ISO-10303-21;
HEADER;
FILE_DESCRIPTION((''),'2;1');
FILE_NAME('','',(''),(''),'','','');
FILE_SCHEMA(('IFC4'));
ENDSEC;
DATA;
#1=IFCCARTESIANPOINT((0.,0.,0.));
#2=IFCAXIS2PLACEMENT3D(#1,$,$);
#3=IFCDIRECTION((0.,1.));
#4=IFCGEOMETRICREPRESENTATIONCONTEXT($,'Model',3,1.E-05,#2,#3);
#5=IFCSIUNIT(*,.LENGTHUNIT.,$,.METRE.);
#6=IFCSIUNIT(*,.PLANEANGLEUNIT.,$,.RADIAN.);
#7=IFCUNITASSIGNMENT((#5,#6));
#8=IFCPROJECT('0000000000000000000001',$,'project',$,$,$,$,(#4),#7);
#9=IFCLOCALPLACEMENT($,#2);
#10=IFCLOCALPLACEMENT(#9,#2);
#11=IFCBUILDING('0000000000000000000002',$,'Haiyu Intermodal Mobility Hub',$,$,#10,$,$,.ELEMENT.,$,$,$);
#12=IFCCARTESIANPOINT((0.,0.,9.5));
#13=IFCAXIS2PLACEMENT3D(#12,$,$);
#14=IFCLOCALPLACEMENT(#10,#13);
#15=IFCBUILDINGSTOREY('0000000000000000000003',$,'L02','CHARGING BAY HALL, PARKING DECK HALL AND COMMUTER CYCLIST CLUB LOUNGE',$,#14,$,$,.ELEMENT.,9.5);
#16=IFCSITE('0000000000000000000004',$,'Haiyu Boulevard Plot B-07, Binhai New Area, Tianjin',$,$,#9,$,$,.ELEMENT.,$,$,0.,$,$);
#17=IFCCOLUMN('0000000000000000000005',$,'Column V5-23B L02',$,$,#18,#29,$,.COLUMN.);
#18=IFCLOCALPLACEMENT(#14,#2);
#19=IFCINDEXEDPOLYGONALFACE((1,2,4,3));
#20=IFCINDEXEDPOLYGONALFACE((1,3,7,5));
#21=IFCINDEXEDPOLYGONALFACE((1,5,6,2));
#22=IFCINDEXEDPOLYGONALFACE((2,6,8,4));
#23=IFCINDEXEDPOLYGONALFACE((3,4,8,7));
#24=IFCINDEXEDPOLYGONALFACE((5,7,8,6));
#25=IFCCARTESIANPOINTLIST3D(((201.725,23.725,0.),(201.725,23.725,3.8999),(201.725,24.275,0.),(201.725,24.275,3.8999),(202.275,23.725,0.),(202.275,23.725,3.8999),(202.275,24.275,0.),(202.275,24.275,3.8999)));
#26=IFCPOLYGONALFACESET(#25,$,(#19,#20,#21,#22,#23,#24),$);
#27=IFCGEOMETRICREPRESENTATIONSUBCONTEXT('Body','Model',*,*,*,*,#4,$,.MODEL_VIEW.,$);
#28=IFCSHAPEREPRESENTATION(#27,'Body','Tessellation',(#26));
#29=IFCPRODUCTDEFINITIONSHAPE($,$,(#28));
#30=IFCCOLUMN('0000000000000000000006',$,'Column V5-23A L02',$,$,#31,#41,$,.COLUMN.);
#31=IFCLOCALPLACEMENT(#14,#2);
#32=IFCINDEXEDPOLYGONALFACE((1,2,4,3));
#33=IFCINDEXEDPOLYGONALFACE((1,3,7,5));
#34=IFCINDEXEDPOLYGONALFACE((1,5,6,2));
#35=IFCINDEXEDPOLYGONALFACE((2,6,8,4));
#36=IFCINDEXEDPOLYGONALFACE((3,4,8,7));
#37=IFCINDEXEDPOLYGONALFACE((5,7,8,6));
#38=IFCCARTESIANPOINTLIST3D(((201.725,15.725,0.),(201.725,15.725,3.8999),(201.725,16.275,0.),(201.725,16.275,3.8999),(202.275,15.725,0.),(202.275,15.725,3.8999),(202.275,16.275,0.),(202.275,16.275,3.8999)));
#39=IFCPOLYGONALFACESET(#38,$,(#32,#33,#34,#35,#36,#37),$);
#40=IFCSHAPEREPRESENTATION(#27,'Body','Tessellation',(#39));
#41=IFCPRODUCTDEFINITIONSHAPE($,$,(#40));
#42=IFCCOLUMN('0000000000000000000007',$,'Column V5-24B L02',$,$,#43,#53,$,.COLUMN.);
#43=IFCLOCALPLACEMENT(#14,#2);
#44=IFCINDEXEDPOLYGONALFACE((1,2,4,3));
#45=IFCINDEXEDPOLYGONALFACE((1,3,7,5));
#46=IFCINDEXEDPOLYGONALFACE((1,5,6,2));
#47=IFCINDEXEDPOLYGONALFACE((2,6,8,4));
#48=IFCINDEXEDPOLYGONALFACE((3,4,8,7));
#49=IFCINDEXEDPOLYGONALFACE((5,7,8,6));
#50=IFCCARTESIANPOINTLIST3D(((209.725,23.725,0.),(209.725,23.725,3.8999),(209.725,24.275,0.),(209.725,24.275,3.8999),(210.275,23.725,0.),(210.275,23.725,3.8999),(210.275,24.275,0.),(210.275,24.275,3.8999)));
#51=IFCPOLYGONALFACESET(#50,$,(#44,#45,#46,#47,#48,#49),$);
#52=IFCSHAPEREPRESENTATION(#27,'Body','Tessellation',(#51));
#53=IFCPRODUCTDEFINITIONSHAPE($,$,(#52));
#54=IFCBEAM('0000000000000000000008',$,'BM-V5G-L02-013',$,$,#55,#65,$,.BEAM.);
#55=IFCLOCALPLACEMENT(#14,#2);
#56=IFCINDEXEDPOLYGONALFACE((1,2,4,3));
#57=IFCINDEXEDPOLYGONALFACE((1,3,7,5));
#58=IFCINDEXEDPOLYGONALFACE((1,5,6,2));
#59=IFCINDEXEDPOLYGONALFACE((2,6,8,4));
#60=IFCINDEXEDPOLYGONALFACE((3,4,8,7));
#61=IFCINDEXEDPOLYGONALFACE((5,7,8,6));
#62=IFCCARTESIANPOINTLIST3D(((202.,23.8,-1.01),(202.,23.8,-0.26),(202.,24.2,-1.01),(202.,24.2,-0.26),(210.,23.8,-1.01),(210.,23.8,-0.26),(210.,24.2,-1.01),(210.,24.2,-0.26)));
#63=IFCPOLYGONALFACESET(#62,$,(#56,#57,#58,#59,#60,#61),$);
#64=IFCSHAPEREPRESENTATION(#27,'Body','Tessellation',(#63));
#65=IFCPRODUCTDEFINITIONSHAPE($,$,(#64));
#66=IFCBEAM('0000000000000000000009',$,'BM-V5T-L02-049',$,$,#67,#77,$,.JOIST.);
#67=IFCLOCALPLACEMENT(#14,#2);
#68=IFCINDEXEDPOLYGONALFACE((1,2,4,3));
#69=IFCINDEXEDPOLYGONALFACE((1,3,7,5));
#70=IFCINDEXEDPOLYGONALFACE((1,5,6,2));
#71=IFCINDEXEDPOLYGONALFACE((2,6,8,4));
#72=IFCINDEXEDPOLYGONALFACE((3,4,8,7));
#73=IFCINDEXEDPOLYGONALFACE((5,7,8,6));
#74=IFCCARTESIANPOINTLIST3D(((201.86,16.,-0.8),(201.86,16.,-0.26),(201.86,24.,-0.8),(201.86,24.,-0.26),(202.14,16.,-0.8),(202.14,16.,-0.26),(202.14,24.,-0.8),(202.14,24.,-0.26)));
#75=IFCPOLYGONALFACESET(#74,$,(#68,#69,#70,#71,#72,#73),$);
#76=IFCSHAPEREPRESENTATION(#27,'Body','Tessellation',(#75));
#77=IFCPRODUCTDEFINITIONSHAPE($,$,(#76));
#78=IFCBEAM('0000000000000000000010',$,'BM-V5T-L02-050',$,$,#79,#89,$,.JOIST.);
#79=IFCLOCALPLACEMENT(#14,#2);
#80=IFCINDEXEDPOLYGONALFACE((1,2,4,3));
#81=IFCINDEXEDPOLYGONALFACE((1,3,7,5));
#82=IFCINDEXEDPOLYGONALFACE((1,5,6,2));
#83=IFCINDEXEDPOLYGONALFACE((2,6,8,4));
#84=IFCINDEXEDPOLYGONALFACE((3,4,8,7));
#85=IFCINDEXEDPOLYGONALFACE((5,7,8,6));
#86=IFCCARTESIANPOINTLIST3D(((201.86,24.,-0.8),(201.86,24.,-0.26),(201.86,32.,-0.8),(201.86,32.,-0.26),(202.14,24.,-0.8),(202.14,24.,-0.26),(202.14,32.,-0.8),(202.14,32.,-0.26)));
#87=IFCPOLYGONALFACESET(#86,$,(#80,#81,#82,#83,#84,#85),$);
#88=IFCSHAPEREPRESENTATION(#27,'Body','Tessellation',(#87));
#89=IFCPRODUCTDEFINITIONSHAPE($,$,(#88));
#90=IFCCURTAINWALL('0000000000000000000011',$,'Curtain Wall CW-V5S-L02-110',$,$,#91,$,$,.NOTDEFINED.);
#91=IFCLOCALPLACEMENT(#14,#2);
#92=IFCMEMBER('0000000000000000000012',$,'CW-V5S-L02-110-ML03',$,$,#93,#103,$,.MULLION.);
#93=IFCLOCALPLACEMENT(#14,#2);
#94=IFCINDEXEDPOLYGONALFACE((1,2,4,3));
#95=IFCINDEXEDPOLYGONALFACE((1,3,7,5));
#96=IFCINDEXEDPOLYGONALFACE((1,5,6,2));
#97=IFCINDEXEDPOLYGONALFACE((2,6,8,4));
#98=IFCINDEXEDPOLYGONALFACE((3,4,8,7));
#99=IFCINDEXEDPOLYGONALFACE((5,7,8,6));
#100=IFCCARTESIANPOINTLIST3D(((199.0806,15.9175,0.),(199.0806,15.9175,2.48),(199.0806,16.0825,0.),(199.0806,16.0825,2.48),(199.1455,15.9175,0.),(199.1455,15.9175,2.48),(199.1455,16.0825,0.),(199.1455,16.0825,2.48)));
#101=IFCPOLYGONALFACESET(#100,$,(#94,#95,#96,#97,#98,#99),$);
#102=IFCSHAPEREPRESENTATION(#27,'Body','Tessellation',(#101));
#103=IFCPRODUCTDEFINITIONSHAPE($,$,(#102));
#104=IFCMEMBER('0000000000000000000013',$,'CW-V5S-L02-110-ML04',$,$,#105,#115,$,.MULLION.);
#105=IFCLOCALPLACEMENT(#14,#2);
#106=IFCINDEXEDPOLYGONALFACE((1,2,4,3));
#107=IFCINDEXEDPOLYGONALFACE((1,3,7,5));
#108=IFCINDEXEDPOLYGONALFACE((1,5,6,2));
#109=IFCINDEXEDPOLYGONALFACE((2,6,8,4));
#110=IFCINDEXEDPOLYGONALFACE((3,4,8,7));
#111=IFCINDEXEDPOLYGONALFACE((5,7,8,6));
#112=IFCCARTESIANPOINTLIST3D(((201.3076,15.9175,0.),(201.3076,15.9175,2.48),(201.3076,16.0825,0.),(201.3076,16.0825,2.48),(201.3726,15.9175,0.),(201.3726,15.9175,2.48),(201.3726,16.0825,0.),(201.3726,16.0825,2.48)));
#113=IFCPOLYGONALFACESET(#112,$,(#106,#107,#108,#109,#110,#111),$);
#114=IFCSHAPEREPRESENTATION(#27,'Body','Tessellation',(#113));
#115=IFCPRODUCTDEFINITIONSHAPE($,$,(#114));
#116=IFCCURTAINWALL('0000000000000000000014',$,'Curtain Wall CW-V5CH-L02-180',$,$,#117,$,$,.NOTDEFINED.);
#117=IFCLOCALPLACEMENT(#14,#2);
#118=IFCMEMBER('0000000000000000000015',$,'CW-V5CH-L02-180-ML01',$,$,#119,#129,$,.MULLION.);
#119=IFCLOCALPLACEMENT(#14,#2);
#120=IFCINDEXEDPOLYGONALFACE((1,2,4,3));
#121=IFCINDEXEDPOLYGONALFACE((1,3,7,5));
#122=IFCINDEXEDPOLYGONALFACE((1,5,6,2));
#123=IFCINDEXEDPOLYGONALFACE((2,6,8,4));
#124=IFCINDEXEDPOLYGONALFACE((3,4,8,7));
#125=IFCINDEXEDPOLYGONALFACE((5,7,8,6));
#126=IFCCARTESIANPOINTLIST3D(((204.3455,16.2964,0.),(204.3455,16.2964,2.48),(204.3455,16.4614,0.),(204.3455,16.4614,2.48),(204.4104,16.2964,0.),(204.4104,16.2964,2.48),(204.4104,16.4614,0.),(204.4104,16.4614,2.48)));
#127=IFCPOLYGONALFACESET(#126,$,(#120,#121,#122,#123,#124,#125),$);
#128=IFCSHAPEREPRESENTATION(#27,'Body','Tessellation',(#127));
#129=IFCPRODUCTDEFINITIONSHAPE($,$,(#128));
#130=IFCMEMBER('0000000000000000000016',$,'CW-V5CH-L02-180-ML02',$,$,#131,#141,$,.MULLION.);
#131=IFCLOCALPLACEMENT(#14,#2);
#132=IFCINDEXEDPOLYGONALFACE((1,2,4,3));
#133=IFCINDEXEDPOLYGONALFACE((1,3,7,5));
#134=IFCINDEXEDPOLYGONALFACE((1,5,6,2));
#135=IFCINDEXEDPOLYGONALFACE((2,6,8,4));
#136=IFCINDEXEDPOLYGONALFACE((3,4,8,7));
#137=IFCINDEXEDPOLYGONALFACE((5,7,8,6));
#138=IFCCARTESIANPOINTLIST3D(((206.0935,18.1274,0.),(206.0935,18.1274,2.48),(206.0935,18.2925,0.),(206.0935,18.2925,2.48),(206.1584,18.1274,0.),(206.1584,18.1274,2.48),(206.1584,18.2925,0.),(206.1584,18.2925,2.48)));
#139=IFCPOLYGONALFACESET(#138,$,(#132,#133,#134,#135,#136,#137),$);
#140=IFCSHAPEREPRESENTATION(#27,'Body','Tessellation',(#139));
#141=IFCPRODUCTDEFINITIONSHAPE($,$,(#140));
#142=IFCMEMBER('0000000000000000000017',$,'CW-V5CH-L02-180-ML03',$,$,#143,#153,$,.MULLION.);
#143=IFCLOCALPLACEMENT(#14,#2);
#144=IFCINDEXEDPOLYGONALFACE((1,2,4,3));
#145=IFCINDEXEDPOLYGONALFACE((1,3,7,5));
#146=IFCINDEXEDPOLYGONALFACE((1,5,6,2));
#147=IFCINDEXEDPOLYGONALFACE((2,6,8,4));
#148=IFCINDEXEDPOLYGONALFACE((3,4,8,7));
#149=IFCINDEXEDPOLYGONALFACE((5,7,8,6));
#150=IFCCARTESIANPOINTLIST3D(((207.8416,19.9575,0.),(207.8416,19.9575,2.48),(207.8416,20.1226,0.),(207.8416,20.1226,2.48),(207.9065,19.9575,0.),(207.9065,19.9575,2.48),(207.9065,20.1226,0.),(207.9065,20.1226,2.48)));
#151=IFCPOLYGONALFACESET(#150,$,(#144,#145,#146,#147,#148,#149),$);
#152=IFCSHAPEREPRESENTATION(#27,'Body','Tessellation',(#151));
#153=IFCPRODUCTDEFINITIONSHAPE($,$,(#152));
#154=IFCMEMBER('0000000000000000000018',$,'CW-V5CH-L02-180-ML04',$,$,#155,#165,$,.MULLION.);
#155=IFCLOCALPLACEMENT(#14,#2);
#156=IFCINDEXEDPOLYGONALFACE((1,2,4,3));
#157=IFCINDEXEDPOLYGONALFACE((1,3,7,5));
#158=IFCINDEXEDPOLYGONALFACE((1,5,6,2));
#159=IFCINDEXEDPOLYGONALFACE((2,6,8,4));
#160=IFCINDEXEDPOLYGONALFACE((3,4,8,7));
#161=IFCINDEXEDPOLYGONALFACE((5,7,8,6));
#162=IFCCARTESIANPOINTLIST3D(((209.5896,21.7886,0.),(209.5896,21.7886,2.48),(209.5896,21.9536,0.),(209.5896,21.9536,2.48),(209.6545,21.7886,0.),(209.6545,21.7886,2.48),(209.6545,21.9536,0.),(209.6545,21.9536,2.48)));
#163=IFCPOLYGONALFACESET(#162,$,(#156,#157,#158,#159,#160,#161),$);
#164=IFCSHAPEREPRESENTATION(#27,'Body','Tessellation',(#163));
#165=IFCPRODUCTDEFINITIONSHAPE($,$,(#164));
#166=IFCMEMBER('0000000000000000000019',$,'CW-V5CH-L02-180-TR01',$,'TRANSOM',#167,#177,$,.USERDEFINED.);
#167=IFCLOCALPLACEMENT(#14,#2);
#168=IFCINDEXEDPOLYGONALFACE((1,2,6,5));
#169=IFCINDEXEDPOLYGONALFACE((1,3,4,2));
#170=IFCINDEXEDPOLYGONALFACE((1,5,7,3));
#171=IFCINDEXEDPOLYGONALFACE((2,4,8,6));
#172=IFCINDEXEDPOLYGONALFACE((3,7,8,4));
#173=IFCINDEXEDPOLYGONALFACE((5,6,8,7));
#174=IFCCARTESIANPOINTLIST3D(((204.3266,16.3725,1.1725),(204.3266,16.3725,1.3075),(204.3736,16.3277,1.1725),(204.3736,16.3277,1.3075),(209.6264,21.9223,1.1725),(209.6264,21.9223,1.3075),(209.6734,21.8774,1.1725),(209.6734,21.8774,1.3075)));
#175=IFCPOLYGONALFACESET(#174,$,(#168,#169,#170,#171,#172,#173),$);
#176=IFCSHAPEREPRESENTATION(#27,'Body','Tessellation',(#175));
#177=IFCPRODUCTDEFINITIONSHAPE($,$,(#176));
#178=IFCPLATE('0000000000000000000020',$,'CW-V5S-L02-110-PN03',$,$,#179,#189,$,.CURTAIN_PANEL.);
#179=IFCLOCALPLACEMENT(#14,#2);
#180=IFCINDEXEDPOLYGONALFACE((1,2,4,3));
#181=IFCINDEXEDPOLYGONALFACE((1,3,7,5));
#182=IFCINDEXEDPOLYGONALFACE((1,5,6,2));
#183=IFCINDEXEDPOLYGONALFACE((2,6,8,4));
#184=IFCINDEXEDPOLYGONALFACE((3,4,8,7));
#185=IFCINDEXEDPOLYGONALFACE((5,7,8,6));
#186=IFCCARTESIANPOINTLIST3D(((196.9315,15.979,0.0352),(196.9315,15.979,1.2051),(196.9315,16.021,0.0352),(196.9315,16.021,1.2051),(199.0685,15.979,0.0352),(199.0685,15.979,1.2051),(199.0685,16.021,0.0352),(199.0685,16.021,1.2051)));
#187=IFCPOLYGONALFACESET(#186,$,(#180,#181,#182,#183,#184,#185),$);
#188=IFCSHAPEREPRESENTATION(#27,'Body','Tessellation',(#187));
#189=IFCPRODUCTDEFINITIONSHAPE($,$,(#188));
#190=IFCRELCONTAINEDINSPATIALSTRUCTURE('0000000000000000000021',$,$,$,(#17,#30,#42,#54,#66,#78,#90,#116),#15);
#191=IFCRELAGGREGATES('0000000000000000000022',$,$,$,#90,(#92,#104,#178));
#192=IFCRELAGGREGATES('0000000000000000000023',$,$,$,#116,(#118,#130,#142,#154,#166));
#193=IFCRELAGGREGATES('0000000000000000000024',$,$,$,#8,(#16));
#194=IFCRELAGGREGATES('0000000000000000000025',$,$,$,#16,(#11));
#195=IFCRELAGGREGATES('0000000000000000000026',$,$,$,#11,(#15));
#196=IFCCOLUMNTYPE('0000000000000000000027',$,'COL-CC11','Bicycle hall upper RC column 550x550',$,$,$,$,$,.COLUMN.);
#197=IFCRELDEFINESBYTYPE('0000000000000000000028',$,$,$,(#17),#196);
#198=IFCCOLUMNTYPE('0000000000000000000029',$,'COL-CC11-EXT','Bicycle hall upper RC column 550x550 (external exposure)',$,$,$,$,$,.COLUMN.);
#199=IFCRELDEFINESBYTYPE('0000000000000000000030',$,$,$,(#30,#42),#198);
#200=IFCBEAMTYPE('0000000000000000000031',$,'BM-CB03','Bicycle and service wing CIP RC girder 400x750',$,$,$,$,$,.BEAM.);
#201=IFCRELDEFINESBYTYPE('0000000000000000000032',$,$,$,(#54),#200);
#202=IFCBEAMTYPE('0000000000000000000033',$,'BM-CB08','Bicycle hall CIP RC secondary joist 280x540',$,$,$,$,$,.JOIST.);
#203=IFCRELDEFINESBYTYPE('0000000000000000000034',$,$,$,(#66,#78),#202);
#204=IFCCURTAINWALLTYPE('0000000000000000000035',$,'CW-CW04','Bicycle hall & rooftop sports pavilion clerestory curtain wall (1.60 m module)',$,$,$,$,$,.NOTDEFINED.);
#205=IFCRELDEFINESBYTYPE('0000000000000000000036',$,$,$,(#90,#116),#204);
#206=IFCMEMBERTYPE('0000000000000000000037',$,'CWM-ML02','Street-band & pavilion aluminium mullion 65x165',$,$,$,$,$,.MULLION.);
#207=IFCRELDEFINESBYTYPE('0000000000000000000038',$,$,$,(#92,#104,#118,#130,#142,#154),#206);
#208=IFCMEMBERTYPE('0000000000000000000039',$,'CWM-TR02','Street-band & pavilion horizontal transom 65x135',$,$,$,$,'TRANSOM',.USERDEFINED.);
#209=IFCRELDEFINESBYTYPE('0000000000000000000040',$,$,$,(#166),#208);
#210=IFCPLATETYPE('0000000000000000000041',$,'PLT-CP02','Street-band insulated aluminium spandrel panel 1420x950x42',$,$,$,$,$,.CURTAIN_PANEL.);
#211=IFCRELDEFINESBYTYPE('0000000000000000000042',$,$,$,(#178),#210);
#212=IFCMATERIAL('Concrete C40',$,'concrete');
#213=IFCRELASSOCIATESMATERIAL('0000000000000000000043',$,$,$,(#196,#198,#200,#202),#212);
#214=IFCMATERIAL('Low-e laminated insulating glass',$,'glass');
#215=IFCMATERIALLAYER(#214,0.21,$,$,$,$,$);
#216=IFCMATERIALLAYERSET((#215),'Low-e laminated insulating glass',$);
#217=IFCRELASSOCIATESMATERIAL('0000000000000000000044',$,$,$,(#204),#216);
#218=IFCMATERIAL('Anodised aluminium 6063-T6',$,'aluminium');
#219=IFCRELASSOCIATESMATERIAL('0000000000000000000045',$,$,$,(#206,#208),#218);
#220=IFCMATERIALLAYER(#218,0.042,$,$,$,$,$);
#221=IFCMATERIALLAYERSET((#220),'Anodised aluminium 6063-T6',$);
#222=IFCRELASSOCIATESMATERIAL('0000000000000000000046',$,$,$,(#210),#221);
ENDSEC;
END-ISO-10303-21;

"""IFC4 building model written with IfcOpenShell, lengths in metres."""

from ifc_helpers import new_model, si_unit, direction, frame, origin, origin_2d, place, context, subcontext, project, spatial, rectangle, extrude, material, layer, layer_set, material_profile, profile_set, type_object, element, aggregate, save


model = new_model("IFC4")

# Units and contexts
model_context = context("Model", 3, precision=1e-05, world=origin(), true_north=direction((0.0, 1.0)))
body_context = subcontext(model_context, "Body", "Model", "MODEL_VIEW")
ifc_project = project(units=[si_unit("LENGTHUNIT", "METRE"), si_unit("PLANEANGLEUNIT", "RADIAN")], contexts=[model_context])

# Site, building, storey
site_placement = place(None, origin())
site = spatial("IfcSite", under=ifc_project, at=site_placement, Name="Haiyu Boulevard Plot B-07, Binhai New Area, Tianjin", CompositionType="ELEMENT", RefElevation=0.0)
building_placement = place(site_placement, origin())
building = spatial("IfcBuilding", under=site, at=building_placement, Name="Haiyu Intermodal Mobility Hub", CompositionType="ELEMENT")
storey_placement = place(building_placement, frame((0.0, 0.0, 9.5)))
storey = spatial("IfcBuildingStorey", under=building, at=storey_placement, Name="L02", Description="CHARGING BAY HALL, PARKING DECK HALL AND COMMUTER CYCLIST CLUB LOUNGE", CompositionType="ELEMENT", Elevation=9.5)

# Columns
ifc_material_1 = material(Name="Concrete C40", Category="concrete")
ifc_material_profile_1 = material_profile(ifc_material_1, rectangle(XDim=0.55, YDim=0.55, at=origin_2d()), Name="RC550x550")
ifc_profile_set_1 = profile_set([ifc_material_profile_1], Name="Concrete C40")
column_type_1 = type_object("IfcColumnType", Name="COL-CC11", Description="Bicycle hall upper RC column 550x550", PredefinedType="COLUMN", material=ifc_profile_set_1)
column_placement = place(storey_placement, frame((202.0, 24.0, 0.0), z_axis=(0.0, 0.0, 1.0), x_axis=(1.0, 0.0, 0.0)))
element("IfcColumn", 1, at=column_placement, inside=storey, type_object=column_type_1, Name="Column V5-23B L02", PredefinedType="COLUMN", context=body_context, shape_type="SweptSolid", body=[
    extrude(rectangle(XDim=0.55, YDim=0.55, at=origin_2d()), origin(), (0.0, 0.0, 1.0), 3.8999),
])
ifc_material_profile_2 = material_profile(ifc_material_1, rectangle(XDim=0.55, YDim=0.55, at=origin_2d()), Name="RC550x550")
ifc_profile_set_2 = profile_set([ifc_material_profile_2], Name="Concrete C40")
column_type_2 = type_object("IfcColumnType", Name="COL-CC11-EXT", Description="Bicycle hall upper RC column 550x550 (external exposure)", PredefinedType="COLUMN", material=ifc_profile_set_2)
for number, where, z_axis, x_axis, name in (
    (2, (202.0, 16.0, 0.0), (0.0, 0.0, 1.0), (1.0, 0.0, 0.0), "Column V5-23A L02"),
    (3, (210.0, 24.0, 0.0), (0.0, 0.0, 1.0), (1.0, 0.0, 0.0), "Column V5-24B L02"),
):
    element("IfcColumn", number, at=place(storey_placement, frame(where, z_axis=z_axis, x_axis=x_axis)), inside=storey, type_object=column_type_2, Name=name, PredefinedType="COLUMN", context=body_context, shape_type="SweptSolid", body=[
        extrude(rectangle(XDim=0.55, YDim=0.55, at=origin_2d()), origin(), (0.0, 0.0, 1.0), 3.8999),
    ])

# Beams
ifc_material_profile_3 = material_profile(ifc_material_1, rectangle(XDim=0.3999, YDim=0.75, at=origin_2d()), Name="RCB400x750")
ifc_profile_set_3 = profile_set([ifc_material_profile_3], Name="Concrete C40")
beam_type_1 = type_object("IfcBeamType", Name="BM-CB03", Description="Bicycle and service wing CIP RC girder 400x750", PredefinedType="BEAM", material=ifc_profile_set_3)
beam_placement = place(storey_placement, frame((202.0, 24.0, -0.635), z_axis=(1.0, 0.0, 0.0), x_axis=(0.0, 1.0, 0.0)))
element("IfcBeam", 4, at=beam_placement, inside=storey, type_object=beam_type_1, Name="BM-V5G-L02-013", PredefinedType="BEAM", context=body_context, shape_type="SweptSolid", body=[
    extrude(rectangle(XDim=0.3999, YDim=0.75, at=origin_2d()), origin(), (0.0, 0.0, 1.0), 8.0),
])
ifc_material_profile_4 = material_profile(ifc_material_1, rectangle(XDim=0.28, YDim=0.54, at=origin_2d()), Name="RCB280x540")
ifc_profile_set_4 = profile_set([ifc_material_profile_4], Name="Concrete C40")
beam_type_2 = type_object("IfcBeamType", Name="BM-CB08", Description="Bicycle hall CIP RC secondary joist 280x540", PredefinedType="JOIST", material=ifc_profile_set_4)
for number, where, z_axis, x_axis, name in (
    (5, (202.0, 16.0, -0.53), (0.0, 1.0, 0.0), (-1.0, 0.0, 0.0), "BM-V5T-L02-049"),
    (6, (202.0, 24.0, -0.53), (0.0, 1.0, 0.0), (-1.0, 0.0, 0.0), "BM-V5T-L02-050"),
):
    element("IfcBeam", number, at=place(storey_placement, frame(where, z_axis=z_axis, x_axis=x_axis)), inside=storey, type_object=beam_type_2, Name=name, PredefinedType="JOIST", context=body_context, shape_type="SweptSolid", body=[
        extrude(rectangle(XDim=0.28, YDim=0.54, at=origin_2d()), origin(), (0.0, 0.0, 1.0), 8.0),
    ])

# Curtain walls, members
ifc_material_2 = material(Name="Low-e laminated insulating glass", Category="glass")
ifc_layer_1 = layer(ifc_material_2, 0.21)
ifc_layer_set_1 = layer_set([ifc_layer_1], Name="Low-e laminated insulating glass")
curtain_wall_type = type_object("IfcCurtainWallType", Name="CW-CW04", Description="Bicycle hall & rooftop sports pavilion clerestory curtain wall (1.60 m module)", PredefinedType="NOTDEFINED", material=ifc_layer_set_1)
curtain_wall_1_placement = place(storey_placement, origin())
curtain_wall_1 = element("IfcCurtainWall", 7, at=curtain_wall_1_placement, inside=storey, type_object=curtain_wall_type, Name="Curtain Wall CW-V5S-L02-110", PredefinedType="NOTDEFINED")
ifc_material_3 = material(Name="Anodised aluminium 6063-T6", Category="aluminium")
ifc_material_profile_5 = material_profile(ifc_material_3, rectangle(XDim=0.0649, YDim=0.165, at=origin_2d()), Name="ALU65x165")
ifc_profile_set_5 = profile_set([ifc_material_profile_5], Name="Anodised aluminium 6063-T6")
member_type_1 = type_object("IfcMemberType", Name="CWM-ML02", Description="Street-band & pavilion aluminium mullion 65x165", PredefinedType="MULLION", material=ifc_profile_set_5)
member_1_placement = place(storey_placement, frame((199.113, 16.0, 0.0), z_axis=(0.0, 0.0, 1.0), x_axis=(1.0, 0.0, 0.0)))
member_1 = element("IfcMember", 8, at=member_1_placement, type_object=member_type_1, Name="CW-V5S-L02-110-ML03", PredefinedType="MULLION", context=body_context, shape_type="SweptSolid", body=[
    extrude(rectangle(XDim=0.0649, YDim=0.165, at=origin_2d()), origin(), (0.0, 0.0, 1.0), 2.48),
])
member_2_placement = place(storey_placement, frame((201.3401, 16.0, 0.0), z_axis=(0.0, 0.0, 1.0), x_axis=(1.0, 0.0, 0.0)))
member_2 = element("IfcMember", 9, at=member_2_placement, type_object=member_type_1, Name="CW-V5S-L02-110-ML04", PredefinedType="MULLION", context=body_context, shape_type="SweptSolid", body=[
    extrude(rectangle(XDim=0.0649, YDim=0.165, at=origin_2d()), origin(), (0.0, 0.0, 1.0), 2.48),
])
curtain_wall_2_placement = place(storey_placement, origin())
curtain_wall_2 = element("IfcCurtainWall", 10, at=curtain_wall_2_placement, inside=storey, type_object=curtain_wall_type, Name="Curtain Wall CW-V5CH-L02-180", PredefinedType="NOTDEFINED")
member_3_placement = place(storey_placement, frame((204.3779, 16.3789, 0.0), z_axis=(0.0, 0.0, 1.0), x_axis=(1.0, 0.0, 0.0)))
member_3 = element("IfcMember", 11, at=member_3_placement, type_object=member_type_1, Name="CW-V5CH-L02-180-ML01", PredefinedType="MULLION", context=body_context, shape_type="SweptSolid", body=[
    extrude(rectangle(XDim=0.0649, YDim=0.165, at=origin_2d()), origin(), (0.0, 0.0, 1.0), 2.48),
])
member_4_placement = place(storey_placement, frame((206.126, 18.21, 0.0), z_axis=(0.0, 0.0, 1.0), x_axis=(1.0, 0.0, 0.0)))
member_4 = element("IfcMember", 12, at=member_4_placement, type_object=member_type_1, Name="CW-V5CH-L02-180-ML02", PredefinedType="MULLION", context=body_context, shape_type="SweptSolid", body=[
    extrude(rectangle(XDim=0.0649, YDim=0.165, at=origin_2d()), origin(), (0.0, 0.0, 1.0), 2.48),
])
member_5_placement = place(storey_placement, frame((207.874, 20.04, 0.0), z_axis=(0.0, 0.0, 1.0), x_axis=(1.0, 0.0, 0.0)))
member_5 = element("IfcMember", 13, at=member_5_placement, type_object=member_type_1, Name="CW-V5CH-L02-180-ML03", PredefinedType="MULLION", context=body_context, shape_type="SweptSolid", body=[
    extrude(rectangle(XDim=0.0649, YDim=0.165, at=origin_2d()), origin(), (0.0, 0.0, 1.0), 2.48),
])
member_6_placement = place(storey_placement, frame((209.6221, 21.8711, 0.0), z_axis=(0.0, 0.0, 1.0), x_axis=(1.0, 0.0, 0.0)))
member_6 = element("IfcMember", 14, at=member_6_placement, type_object=member_type_1, Name="CW-V5CH-L02-180-ML04", PredefinedType="MULLION", context=body_context, shape_type="SweptSolid", body=[
    extrude(rectangle(XDim=0.0649, YDim=0.165, at=origin_2d()), origin(), (0.0, 0.0, 1.0), 2.48),
])
ifc_material_profile_6 = material_profile(ifc_material_3, rectangle(XDim=0.0649, YDim=0.135, at=origin_2d()), Name="ALU65x135")
ifc_profile_set_6 = profile_set([ifc_material_profile_6], Name="Anodised aluminium 6063-T6")
member_type_2 = type_object("IfcMemberType", Name="CWM-TR02", Description="Street-band & pavilion horizontal transom 65x135", ElementType="TRANSOM", PredefinedType="USERDEFINED", material=ifc_profile_set_6)
member_7_placement = place(storey_placement, frame((204.3501, 16.3501, 1.24), z_axis=(0.69063, 0.723208, 0.0), x_axis=(-0.723208, 0.69063, 0.0)))
member_7 = element("IfcMember", 15, at=member_7_placement, type_object=member_type_2, Name="CW-V5CH-L02-180-TR01", ObjectType="TRANSOM", PredefinedType="USERDEFINED", context=body_context, shape_type="SweptSolid", body=[
    extrude(rectangle(XDim=0.0649, YDim=0.135, at=origin_2d()), origin(), (0.0, 0.0, 1.0), 7.6738),
])

# Plate
ifc_layer_2 = layer(ifc_material_3, 0.042)
ifc_layer_set_2 = layer_set([ifc_layer_2], Name="Anodised aluminium 6063-T6")
plate_type_1 = type_object("IfcPlateType", Name="PLT-CP02", Description="Street-band insulated aluminium spandrel panel 1420x950x42", PredefinedType="CURTAIN_PANEL", material=ifc_layer_set_2)
plate_1_placement = place(storey_placement, frame((198.0, 16.0, 0.0352), z_axis=(0.0, 0.0, 1.0), x_axis=(1.0, 0.0, 0.0)))
plate_1 = element("IfcPlate", 16, at=plate_1_placement, type_object=plate_type_1, Name="CW-V5S-L02-110-PN03", PredefinedType="CURTAIN_PANEL", context=body_context, shape_type="SweptSolid", body=[
    extrude(rectangle(XDim=2.137, YDim=0.042, at=origin_2d()), origin(), (0.0, 0.0, 1.0), 1.1699),
])
aggregate(curtain_wall_1, [member_1, member_2, plate_1])
aggregate(curtain_wall_2, [member_3, member_4, member_5, member_6, member_7])

save(model, "model.ifc")
